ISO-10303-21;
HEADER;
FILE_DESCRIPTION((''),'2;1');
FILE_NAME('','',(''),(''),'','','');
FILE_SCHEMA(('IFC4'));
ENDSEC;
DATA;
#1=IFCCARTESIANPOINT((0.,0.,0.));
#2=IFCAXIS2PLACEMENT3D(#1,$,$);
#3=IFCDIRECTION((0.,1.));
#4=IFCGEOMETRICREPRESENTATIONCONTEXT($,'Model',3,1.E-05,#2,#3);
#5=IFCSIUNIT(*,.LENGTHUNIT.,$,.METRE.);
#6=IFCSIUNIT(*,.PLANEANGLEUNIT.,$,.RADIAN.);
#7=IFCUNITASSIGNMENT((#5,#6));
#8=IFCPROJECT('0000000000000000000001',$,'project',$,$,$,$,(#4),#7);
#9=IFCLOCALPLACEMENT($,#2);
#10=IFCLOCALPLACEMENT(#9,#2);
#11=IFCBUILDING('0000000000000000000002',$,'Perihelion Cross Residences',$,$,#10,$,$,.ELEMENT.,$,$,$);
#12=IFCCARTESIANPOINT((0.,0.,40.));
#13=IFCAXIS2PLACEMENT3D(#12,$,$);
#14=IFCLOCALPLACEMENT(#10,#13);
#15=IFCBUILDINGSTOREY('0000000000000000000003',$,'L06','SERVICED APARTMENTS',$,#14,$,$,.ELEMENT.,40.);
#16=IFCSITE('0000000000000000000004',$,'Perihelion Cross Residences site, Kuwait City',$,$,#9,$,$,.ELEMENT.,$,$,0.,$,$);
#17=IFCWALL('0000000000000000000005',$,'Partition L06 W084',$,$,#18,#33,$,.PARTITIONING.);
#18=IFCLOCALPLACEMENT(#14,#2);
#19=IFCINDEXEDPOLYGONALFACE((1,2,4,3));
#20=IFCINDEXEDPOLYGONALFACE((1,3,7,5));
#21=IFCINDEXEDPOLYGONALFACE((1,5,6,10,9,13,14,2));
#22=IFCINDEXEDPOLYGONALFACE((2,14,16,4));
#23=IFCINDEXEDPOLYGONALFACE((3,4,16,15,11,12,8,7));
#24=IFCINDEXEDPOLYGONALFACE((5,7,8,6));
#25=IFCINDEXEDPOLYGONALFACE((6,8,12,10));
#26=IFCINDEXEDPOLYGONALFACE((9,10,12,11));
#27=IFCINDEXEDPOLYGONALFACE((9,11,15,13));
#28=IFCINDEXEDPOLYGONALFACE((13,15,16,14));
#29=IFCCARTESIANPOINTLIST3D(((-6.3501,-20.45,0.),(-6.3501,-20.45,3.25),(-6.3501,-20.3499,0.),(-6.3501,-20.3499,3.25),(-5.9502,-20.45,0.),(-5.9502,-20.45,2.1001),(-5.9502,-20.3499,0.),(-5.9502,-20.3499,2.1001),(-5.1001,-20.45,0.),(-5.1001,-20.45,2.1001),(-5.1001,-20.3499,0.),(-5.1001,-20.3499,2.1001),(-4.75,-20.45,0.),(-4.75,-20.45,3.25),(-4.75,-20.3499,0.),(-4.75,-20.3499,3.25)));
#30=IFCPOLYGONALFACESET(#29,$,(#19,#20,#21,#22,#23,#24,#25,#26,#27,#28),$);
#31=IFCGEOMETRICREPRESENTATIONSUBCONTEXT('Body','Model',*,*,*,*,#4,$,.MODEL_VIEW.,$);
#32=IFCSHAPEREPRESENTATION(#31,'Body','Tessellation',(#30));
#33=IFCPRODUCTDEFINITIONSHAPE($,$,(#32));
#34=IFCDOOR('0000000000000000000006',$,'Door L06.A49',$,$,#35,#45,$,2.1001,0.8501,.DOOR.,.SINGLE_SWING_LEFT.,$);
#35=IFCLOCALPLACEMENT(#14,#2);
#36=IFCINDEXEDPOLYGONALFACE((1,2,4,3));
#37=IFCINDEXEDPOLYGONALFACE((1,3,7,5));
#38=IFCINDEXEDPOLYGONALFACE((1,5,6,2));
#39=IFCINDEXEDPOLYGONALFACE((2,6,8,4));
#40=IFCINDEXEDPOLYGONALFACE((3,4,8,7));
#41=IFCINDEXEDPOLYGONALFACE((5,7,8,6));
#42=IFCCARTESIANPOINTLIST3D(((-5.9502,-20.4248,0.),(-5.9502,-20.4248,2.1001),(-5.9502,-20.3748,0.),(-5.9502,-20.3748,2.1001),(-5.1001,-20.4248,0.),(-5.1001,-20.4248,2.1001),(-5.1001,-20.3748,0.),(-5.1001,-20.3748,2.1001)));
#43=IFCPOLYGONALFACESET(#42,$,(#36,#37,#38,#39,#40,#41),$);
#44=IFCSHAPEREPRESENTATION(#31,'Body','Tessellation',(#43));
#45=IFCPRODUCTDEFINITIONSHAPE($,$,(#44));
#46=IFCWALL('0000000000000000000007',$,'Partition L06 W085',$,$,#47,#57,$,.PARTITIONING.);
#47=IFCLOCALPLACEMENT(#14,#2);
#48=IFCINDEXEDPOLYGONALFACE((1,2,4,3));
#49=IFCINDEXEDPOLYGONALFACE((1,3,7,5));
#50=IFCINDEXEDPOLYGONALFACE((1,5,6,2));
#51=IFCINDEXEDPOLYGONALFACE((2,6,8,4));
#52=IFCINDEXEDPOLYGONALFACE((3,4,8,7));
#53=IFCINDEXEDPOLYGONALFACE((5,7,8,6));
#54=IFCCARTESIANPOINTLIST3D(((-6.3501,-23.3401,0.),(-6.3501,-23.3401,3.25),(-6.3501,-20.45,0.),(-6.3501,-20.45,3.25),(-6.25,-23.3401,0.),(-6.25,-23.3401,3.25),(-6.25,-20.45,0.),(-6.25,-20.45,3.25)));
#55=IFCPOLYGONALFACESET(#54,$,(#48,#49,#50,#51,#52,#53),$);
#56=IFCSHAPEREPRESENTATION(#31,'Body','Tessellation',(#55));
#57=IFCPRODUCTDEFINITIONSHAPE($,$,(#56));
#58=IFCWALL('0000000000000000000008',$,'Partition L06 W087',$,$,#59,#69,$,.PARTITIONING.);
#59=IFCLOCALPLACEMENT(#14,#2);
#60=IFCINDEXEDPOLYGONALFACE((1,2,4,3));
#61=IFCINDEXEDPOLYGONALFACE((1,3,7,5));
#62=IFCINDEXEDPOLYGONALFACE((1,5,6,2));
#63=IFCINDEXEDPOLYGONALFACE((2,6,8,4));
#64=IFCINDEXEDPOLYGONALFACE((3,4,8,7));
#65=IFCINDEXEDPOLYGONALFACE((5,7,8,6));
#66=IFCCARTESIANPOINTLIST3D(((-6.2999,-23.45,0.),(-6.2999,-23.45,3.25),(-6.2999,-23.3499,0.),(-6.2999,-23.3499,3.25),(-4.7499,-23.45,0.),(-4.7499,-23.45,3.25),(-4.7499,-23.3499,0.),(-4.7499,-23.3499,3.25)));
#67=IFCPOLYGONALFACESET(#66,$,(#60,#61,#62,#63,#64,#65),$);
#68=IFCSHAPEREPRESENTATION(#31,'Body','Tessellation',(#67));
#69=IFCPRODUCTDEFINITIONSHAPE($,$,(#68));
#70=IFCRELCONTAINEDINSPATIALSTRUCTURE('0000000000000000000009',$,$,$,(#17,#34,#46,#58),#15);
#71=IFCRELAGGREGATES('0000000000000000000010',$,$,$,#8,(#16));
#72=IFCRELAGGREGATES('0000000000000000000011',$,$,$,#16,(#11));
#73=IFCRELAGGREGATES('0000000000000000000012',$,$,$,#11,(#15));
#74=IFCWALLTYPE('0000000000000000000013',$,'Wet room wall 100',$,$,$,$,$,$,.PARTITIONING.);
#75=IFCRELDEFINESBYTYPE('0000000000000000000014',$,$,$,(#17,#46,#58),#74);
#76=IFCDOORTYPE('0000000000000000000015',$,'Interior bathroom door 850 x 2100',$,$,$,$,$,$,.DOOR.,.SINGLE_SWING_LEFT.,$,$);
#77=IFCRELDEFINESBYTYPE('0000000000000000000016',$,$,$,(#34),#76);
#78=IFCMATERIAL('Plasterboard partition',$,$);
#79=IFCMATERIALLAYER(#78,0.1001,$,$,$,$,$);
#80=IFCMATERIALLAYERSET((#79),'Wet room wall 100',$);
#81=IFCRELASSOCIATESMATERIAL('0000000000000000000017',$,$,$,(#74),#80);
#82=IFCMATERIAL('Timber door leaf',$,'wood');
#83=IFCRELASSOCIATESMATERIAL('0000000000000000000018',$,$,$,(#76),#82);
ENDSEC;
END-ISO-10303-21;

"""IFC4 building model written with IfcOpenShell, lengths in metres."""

from ifc_helpers import new_model, si_unit, direction, frame, frame_2d, origin, place, context, subcontext, project, spatial, rectangle, extrude, material, layer, layer_set, type_object, element, fill, save


model = new_model("IFC4")

# Units and contexts
model_context = context("Model", 3, precision=1e-05, world=origin(), true_north=direction((0.0, 1.0)))
body_context = subcontext(model_context, "Body", "Model", "MODEL_VIEW")
ifc_project = project(units=[si_unit("LENGTHUNIT", "METRE"), si_unit("PLANEANGLEUNIT", "RADIAN")], contexts=[model_context])

# Site, building, storey
site_placement = place(None, origin())
site = spatial("IfcSite", under=ifc_project, at=site_placement, Name="Perihelion Cross Residences site, Kuwait City", CompositionType="ELEMENT", RefElevation=0.0)
building_placement = place(site_placement, origin())
building = spatial("IfcBuilding", under=site, at=building_placement, Name="Perihelion Cross Residences", CompositionType="ELEMENT")
storey_placement = place(building_placement, frame((0.0, 0.0, 40.0)))
storey = spatial("IfcBuildingStorey", under=building, at=storey_placement, Name="L06", Description="SERVICED APARTMENTS", CompositionType="ELEMENT", Elevation=40.0)

# Wall, opening, door
ifc_material_1 = material(Name="Plasterboard partition")
ifc_layer_1 = layer(ifc_material_1, 0.1001)
ifc_layer_set_1 = layer_set([ifc_layer_1], Name="Wet room wall 100")
wall_type_1 = type_object("IfcWallType", Name="Wet room wall 100", PredefinedType="PARTITIONING", material=ifc_layer_set_1)
wall_1_placement = place(storey_placement, frame((-4.75, -20.3999, 0.0), z_axis=(0.0, 0.0, 1.0), x_axis=(-1.0, 0.0, 0.0)))
wall_1 = element("IfcWall", 1, at=wall_1_placement, inside=storey, type_object=wall_type_1, Name="Partition L06 W084", PredefinedType="PARTITIONING", context=body_context, shape_type="SweptSolid", body=[
    extrude(rectangle(XDim=1.6001, YDim=0.1001, at=frame_2d((0.8, 0.0))), origin(), (0.0, 0.0, 1.0), 3.25),
])
opening_1_placement = place(wall_1_placement, frame((0.3501, 0.0, 0.0)))
opening_1 = element("IfcOpeningElement", 2, at=opening_1_placement, cuts=wall_1, PredefinedType="OPENING", context=body_context, shape_type="SweptSolid", body=[
    extrude(rectangle(XDim=0.8501, YDim=2.1001, at=frame_2d((0.425, 1.05))), frame((0.0, 0.0601, 0.0), z_axis=(0.0, -1.0, 0.0), x_axis=(1.0, 0.0, 0.0)), (0.0, 0.0, 1.0), 0.1201),
])
ifc_material_2 = material(Name="Timber door leaf", Category="wood")
door_type_1 = type_object("IfcDoorType", Name="Interior bathroom door 850 x 2100", OperationType="SINGLE_SWING_LEFT", PredefinedType="DOOR", material=ifc_material_2)
door_1_placement = place(opening_1_placement, origin())
door_1 = element("IfcDoor", 3, at=door_1_placement, inside=storey, type_object=door_type_1, Name="Door L06.A49", OperationType="SINGLE_SWING_LEFT", OverallHeight=2.1001, OverallWidth=0.8501, PredefinedType="DOOR", context=body_context, shape_type="SweptSolid", body=[
    extrude(rectangle(XDim=0.8501, YDim=2.1001, at=frame_2d((0.425, 1.05))), frame((0.0, 0.0249, 0.0), z_axis=(0.0, -1.0, 0.0), x_axis=(1.0, 0.0, 0.0)), (0.0, 0.0, 1.0), 0.05),
])
fill(opening_1, door_1)

# Walls
wall_2_placement = place(storey_placement, frame((-6.3, -20.45, 0.0), z_axis=(0.0, 0.0, 1.0), x_axis=(0.0, -1.0, 0.0)))
element("IfcWall", 4, at=wall_2_placement, inside=storey, type_object=wall_type_1, Name="Partition L06 W085", PredefinedType="PARTITIONING", context=body_context, shape_type="SweptSolid", body=[
    extrude(rectangle(XDim=2.8901, YDim=0.1001, at=frame_2d((1.4451, 0.0))), origin(), (0.0, 0.0, 1.0), 3.25),
])
wall_3_placement = place(storey_placement, frame((-4.75, -23.3999, 0.0), z_axis=(0.0, 0.0, 1.0), x_axis=(-1.0, 0.0, 0.0)))
element("IfcWall", 5, at=wall_3_placement, inside=storey, type_object=wall_type_1, Name="Partition L06 W087", PredefinedType="PARTITIONING", context=body_context, shape_type="SweptSolid", body=[
    extrude(rectangle(XDim=1.55, YDim=0.1001, at=frame_2d((0.7749, 0.0))), origin(), (0.0, 0.0, 1.0), 3.25),
])

save(model, "model.ifc")
